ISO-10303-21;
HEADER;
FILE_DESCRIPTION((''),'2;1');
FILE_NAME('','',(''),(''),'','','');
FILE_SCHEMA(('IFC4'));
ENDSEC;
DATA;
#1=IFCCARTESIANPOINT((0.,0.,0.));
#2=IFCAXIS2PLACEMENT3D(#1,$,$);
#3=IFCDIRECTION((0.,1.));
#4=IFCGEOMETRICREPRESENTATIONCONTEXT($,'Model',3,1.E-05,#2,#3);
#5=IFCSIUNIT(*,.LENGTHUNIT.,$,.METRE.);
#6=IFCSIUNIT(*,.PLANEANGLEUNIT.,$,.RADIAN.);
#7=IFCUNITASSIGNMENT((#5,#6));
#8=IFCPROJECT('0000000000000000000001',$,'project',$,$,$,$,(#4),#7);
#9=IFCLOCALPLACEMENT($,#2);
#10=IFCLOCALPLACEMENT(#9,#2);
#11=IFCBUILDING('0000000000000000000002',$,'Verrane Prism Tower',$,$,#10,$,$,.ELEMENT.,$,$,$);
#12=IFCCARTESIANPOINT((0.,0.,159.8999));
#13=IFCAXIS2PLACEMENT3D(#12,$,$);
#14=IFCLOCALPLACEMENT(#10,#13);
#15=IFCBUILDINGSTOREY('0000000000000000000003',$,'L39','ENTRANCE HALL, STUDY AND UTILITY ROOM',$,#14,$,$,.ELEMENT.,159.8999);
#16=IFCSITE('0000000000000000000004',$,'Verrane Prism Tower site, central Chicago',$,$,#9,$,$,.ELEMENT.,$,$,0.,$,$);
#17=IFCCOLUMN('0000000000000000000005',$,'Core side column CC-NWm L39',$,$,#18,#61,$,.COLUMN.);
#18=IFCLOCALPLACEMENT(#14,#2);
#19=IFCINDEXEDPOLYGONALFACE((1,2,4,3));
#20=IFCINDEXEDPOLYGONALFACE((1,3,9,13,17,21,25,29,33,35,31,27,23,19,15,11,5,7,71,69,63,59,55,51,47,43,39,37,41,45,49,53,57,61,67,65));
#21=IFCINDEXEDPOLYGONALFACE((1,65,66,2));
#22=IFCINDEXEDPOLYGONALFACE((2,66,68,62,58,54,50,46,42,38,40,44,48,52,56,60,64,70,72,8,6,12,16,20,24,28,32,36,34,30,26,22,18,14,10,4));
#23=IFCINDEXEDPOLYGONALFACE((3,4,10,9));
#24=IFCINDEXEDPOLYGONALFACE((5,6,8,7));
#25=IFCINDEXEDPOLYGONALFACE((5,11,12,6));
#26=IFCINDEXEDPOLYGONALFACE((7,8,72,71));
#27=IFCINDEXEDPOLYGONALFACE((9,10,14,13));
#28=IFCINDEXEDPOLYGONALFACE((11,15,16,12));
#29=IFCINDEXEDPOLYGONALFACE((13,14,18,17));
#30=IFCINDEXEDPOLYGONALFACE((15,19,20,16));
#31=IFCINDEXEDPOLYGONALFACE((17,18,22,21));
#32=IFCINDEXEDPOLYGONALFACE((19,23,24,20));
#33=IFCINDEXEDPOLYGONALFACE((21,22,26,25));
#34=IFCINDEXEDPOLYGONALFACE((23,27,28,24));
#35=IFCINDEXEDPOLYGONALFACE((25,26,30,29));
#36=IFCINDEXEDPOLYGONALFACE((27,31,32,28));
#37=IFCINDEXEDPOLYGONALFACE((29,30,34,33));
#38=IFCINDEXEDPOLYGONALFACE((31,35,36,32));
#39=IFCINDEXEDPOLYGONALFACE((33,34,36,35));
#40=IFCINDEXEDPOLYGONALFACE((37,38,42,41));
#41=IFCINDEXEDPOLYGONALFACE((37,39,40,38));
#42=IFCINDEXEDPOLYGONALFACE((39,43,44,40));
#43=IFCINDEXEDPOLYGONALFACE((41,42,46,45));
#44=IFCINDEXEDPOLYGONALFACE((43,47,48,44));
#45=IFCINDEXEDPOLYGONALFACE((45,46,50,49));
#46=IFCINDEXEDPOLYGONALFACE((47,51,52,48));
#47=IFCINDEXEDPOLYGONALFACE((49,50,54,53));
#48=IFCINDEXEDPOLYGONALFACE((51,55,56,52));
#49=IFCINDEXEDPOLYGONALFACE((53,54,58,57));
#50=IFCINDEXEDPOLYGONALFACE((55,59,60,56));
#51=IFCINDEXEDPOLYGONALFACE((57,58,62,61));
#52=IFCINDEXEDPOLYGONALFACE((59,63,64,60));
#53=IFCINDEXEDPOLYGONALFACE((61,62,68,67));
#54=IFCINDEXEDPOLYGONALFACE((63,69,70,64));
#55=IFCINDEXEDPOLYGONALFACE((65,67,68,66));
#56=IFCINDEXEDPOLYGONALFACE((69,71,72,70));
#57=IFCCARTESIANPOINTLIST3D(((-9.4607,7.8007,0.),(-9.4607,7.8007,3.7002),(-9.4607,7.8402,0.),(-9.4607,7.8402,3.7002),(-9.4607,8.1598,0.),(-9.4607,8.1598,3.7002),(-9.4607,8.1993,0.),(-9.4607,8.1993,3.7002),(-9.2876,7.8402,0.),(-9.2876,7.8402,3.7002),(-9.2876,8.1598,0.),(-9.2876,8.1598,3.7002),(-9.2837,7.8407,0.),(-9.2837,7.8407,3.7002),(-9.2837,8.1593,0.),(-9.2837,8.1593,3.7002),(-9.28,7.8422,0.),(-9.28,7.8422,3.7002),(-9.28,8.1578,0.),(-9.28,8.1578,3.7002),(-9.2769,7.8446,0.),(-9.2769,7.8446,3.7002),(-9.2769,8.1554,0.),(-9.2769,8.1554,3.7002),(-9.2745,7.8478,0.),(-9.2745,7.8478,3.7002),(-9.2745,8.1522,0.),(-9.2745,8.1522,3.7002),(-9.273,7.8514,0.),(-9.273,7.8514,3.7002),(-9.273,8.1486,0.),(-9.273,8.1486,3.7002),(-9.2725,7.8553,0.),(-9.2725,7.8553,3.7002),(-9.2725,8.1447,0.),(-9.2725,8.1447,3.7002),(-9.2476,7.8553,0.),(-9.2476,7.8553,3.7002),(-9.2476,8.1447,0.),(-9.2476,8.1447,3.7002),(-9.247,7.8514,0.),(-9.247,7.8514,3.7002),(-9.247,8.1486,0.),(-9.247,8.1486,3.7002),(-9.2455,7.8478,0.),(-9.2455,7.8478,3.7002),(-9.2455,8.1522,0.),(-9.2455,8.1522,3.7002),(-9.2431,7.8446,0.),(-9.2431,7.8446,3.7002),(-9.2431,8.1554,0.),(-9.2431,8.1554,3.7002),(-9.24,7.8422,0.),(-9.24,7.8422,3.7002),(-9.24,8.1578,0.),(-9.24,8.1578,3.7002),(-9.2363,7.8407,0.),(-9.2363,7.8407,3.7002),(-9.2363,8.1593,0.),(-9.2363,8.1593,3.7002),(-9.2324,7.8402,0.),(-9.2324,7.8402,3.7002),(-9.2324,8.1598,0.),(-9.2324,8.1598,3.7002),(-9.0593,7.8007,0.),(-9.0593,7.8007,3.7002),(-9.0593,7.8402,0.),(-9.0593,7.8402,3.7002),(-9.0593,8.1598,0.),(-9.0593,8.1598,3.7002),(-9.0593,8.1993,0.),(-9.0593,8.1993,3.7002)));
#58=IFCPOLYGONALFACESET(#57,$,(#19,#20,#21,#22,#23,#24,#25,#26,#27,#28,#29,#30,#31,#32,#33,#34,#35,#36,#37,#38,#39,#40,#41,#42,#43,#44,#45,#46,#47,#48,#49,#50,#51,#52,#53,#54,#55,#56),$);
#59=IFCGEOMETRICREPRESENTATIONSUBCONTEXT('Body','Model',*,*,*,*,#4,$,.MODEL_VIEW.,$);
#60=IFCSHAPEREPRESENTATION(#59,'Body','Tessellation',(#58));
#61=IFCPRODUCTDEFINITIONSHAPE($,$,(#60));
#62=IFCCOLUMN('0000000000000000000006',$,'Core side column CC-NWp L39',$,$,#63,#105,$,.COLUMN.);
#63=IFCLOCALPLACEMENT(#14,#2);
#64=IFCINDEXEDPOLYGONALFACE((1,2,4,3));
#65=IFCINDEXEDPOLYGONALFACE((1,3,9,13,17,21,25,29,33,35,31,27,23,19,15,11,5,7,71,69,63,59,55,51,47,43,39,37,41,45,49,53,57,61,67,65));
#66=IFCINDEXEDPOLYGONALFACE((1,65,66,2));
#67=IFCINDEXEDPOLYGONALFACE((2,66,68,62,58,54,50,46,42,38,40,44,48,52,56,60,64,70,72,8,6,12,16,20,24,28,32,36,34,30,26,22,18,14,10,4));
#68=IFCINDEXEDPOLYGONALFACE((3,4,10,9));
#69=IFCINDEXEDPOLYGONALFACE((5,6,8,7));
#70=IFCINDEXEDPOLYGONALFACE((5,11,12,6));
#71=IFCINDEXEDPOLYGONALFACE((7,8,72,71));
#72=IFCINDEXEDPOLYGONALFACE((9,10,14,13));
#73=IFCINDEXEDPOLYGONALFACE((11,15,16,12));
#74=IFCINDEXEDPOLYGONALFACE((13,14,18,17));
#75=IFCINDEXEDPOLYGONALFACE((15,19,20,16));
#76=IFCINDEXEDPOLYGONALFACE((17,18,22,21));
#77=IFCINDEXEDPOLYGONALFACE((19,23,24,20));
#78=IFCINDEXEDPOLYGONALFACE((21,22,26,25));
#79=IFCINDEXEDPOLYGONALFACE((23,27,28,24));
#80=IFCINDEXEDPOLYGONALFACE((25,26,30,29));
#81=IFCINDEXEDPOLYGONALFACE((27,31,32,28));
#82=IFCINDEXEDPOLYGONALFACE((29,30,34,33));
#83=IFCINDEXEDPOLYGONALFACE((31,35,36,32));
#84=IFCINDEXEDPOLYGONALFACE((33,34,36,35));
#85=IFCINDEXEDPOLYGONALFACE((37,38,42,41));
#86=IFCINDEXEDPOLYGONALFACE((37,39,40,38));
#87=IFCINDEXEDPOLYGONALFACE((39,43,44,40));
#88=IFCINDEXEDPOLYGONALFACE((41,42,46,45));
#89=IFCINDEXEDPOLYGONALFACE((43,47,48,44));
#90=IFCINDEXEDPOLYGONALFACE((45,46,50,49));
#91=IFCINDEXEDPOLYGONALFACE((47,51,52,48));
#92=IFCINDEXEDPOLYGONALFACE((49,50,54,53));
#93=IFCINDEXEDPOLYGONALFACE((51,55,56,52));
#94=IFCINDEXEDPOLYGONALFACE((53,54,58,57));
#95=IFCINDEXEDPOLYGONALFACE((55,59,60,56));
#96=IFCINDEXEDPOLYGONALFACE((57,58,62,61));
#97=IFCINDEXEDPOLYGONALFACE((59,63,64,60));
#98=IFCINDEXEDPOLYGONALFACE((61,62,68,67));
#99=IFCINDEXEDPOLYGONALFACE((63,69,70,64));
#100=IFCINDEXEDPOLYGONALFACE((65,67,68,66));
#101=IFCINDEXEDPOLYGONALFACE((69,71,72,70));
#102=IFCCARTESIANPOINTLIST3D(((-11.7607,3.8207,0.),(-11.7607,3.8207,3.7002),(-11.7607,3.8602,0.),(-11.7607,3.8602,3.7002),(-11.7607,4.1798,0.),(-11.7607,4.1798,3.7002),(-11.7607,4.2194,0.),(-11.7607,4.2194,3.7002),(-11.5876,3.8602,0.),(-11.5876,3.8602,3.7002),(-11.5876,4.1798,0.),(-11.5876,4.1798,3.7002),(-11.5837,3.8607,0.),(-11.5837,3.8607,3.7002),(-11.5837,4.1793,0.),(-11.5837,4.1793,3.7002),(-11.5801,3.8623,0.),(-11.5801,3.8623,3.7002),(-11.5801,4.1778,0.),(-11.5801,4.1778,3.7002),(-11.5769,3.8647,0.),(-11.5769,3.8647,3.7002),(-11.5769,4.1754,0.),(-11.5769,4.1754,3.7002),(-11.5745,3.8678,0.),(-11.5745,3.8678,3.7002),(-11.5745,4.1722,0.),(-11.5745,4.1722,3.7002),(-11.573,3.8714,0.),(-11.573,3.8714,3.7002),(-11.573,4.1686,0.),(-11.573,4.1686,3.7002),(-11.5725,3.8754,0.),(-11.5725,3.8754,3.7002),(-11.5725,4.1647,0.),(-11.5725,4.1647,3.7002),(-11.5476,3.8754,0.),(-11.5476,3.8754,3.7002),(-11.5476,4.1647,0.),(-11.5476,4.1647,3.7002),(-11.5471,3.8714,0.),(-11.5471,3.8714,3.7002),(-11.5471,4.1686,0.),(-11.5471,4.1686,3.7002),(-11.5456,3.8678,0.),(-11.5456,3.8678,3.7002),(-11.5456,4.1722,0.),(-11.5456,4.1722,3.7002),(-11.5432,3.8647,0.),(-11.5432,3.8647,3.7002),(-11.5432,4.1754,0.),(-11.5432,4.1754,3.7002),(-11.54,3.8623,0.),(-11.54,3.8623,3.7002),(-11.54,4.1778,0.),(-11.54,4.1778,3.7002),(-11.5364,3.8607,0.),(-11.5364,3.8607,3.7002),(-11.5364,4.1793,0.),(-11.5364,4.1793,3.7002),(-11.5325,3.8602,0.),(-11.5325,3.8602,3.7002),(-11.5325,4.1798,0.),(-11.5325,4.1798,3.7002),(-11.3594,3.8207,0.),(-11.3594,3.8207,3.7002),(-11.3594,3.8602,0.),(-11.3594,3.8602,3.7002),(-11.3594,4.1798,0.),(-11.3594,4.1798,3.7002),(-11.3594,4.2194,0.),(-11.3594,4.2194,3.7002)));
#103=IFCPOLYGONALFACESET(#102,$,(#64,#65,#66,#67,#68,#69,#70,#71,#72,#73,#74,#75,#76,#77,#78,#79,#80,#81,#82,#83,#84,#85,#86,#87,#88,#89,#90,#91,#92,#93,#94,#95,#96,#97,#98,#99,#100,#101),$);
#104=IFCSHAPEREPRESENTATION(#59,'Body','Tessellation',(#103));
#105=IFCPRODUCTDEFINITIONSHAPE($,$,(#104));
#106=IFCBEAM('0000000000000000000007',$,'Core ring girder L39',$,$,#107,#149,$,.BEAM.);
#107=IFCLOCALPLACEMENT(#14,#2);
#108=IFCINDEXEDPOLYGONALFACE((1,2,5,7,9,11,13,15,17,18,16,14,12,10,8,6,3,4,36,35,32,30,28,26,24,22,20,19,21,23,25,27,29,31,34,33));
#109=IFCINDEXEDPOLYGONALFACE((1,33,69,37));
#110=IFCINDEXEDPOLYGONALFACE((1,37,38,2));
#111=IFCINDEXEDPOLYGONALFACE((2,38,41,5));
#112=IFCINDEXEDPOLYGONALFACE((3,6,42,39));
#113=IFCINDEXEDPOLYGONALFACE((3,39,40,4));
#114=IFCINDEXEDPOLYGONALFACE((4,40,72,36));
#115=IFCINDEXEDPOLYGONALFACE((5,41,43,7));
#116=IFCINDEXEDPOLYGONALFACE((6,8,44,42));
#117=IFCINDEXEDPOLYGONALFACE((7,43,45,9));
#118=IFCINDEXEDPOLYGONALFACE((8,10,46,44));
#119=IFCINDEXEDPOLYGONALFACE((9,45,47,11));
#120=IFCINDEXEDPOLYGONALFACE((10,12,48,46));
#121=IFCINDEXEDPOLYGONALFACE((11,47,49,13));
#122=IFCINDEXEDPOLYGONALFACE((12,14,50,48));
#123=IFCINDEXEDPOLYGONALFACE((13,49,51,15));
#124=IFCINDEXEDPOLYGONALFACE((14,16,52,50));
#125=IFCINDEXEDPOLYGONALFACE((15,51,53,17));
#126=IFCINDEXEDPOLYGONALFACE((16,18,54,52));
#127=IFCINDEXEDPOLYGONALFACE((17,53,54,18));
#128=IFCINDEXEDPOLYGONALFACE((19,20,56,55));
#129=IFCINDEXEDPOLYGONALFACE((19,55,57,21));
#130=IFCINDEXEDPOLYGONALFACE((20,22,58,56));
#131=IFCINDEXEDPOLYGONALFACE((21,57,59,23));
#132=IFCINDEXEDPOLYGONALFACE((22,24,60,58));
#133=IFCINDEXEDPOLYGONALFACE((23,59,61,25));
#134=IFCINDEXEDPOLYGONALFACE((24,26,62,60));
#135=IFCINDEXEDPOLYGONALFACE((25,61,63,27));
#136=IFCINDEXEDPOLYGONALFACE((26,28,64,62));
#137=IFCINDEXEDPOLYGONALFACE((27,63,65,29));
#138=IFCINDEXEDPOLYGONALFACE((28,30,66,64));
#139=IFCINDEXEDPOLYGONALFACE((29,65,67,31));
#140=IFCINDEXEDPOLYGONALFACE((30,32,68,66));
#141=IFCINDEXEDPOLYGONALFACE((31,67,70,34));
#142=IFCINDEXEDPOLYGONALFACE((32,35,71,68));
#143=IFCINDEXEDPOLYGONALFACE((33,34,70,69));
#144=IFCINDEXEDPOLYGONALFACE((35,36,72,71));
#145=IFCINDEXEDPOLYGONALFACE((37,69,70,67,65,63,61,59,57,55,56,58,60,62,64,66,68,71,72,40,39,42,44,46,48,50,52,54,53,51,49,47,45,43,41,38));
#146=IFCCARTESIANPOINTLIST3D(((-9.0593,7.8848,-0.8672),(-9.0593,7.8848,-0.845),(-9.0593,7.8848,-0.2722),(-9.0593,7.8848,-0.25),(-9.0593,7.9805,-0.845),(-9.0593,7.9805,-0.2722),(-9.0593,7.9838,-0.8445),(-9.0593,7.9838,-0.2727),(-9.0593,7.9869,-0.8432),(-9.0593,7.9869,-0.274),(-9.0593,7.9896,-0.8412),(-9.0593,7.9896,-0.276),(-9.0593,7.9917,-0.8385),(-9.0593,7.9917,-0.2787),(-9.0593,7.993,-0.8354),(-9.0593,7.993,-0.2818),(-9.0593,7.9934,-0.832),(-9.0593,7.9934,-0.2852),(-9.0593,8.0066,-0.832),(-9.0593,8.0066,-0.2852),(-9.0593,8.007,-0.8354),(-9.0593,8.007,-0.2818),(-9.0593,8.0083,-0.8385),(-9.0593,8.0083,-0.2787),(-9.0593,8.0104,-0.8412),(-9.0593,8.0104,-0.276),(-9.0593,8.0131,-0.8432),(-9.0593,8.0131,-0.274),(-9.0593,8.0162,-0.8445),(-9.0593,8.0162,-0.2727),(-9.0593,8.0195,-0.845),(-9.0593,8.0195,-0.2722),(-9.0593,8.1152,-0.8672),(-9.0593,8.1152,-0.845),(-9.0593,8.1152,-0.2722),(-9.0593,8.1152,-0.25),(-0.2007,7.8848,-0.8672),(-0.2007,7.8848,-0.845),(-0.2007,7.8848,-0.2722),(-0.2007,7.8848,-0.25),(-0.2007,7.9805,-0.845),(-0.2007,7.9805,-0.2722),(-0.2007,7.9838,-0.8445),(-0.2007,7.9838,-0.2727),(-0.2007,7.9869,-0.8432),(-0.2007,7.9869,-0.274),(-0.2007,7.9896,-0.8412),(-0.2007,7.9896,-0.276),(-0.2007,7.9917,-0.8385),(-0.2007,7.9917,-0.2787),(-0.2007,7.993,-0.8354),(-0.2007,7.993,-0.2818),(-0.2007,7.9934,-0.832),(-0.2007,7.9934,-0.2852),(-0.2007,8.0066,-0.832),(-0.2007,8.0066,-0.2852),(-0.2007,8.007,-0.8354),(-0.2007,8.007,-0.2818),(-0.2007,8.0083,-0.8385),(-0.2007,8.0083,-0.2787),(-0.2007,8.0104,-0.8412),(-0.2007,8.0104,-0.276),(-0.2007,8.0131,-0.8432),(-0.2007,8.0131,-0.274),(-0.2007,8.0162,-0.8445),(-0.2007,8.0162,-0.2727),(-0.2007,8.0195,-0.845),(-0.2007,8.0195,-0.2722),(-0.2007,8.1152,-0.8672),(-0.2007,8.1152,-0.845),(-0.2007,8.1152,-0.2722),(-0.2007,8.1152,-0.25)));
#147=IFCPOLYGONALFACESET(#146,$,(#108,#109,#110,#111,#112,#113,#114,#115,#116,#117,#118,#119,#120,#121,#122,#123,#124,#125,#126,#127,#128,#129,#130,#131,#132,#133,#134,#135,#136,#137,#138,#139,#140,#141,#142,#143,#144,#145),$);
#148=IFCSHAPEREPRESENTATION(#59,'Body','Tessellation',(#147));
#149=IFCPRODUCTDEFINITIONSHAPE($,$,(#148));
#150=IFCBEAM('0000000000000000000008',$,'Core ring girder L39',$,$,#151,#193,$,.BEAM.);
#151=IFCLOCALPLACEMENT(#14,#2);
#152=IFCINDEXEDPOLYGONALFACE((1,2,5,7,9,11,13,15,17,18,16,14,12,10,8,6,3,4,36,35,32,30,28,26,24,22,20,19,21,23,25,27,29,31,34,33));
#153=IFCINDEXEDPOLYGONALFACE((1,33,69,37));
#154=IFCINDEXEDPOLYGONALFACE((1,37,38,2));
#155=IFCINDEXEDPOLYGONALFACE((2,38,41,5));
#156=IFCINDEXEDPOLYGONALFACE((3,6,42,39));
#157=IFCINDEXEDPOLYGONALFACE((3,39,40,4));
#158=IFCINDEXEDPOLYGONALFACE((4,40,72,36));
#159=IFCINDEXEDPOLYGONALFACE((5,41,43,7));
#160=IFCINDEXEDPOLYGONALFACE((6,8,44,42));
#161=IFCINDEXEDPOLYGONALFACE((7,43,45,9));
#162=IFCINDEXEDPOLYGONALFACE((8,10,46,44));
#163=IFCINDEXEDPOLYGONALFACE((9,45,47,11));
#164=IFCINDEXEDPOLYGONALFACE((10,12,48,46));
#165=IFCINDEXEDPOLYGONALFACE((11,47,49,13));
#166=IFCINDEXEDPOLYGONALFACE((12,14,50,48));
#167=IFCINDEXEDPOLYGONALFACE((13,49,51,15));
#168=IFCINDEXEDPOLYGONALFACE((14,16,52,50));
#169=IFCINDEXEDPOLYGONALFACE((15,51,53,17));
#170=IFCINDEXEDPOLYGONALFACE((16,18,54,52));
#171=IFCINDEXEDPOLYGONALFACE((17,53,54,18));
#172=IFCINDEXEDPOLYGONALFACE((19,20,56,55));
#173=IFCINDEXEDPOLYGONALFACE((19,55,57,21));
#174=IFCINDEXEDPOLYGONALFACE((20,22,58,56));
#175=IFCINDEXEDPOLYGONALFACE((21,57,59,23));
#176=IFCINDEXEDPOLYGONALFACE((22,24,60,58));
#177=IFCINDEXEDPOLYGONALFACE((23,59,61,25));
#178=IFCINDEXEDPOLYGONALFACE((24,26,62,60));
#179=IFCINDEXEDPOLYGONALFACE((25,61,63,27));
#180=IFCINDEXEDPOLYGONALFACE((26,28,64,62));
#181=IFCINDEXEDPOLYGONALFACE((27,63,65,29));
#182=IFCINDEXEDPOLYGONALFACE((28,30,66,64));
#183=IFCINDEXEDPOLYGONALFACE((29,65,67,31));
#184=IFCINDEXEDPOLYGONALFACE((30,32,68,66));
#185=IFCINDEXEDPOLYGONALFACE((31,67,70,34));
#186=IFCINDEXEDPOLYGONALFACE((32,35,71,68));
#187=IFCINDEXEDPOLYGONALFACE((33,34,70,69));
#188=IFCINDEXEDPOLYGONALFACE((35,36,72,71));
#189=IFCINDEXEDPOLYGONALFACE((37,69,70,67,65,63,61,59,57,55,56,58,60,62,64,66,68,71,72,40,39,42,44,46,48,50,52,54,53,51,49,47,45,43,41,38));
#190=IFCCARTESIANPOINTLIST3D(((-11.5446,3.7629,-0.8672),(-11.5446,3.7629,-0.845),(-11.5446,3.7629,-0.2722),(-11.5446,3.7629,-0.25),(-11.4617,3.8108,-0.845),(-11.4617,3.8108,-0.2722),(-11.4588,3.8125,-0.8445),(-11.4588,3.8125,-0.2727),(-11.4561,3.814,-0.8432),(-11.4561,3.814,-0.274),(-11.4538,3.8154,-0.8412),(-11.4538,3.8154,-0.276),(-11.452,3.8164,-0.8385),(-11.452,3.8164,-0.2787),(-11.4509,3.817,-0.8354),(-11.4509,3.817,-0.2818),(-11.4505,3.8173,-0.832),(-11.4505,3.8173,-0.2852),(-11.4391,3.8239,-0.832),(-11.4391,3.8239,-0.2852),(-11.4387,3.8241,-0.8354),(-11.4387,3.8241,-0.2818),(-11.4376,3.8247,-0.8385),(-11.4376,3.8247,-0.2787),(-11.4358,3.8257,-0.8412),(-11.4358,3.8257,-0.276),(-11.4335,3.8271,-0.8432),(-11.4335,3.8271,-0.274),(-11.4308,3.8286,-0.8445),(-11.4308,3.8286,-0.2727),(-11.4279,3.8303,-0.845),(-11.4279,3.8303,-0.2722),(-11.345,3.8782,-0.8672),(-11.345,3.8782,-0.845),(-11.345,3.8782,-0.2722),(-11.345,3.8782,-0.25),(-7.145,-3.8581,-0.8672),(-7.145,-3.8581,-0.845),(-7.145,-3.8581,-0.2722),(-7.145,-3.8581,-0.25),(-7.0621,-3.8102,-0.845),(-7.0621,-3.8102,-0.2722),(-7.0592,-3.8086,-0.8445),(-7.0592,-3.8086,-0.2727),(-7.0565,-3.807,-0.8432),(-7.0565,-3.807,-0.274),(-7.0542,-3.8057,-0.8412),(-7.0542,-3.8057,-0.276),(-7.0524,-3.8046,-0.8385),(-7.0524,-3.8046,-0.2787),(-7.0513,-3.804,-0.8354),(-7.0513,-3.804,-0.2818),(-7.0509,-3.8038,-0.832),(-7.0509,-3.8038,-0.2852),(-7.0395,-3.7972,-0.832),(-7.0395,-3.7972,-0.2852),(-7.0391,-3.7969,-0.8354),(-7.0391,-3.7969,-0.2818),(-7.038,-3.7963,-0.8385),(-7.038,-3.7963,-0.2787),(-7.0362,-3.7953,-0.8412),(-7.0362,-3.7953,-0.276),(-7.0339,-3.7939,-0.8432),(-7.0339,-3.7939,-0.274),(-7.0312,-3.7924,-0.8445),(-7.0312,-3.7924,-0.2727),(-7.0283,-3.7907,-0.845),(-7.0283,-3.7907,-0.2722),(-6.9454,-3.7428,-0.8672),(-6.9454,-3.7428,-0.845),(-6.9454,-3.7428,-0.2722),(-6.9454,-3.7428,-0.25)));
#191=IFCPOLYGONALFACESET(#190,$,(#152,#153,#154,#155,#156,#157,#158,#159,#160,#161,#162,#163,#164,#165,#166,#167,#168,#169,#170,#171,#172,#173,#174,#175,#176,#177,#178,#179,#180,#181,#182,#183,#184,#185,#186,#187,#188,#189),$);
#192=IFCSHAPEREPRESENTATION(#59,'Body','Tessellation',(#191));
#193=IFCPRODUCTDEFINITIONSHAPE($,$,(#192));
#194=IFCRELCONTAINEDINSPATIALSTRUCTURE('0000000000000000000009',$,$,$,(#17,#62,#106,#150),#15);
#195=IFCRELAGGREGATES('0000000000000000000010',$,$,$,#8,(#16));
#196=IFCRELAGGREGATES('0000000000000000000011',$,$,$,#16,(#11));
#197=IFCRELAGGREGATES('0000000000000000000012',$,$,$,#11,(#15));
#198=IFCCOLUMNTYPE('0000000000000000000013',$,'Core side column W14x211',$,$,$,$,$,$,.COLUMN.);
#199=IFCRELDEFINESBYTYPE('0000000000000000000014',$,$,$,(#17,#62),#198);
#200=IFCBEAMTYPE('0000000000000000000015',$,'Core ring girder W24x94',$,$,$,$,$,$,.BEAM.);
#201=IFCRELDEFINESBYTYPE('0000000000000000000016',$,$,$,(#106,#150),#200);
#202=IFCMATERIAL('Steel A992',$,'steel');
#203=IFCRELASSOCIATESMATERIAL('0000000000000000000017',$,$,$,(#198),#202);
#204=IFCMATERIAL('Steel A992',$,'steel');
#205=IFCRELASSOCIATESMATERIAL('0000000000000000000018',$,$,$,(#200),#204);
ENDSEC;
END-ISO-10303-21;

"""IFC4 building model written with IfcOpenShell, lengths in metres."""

from ifc_helpers import new_model, si_unit, direction, frame, origin, origin_2d, place, context, subcontext, project, spatial, i_section, extrude, material, material_profile, profile_set, type_object, element, save


model = new_model("IFC4")

# Units and contexts
model_context = context("Model", 3, precision=1e-05, world=origin(), true_north=direction((0.0, 1.0)))
body_context = subcontext(model_context, "Body", "Model", "MODEL_VIEW")
ifc_project = project(units=[si_unit("LENGTHUNIT", "METRE"), si_unit("PLANEANGLEUNIT", "RADIAN")], contexts=[model_context])

# Site, building, storey
site_placement = place(None, origin())
site = spatial("IfcSite", under=ifc_project, at=site_placement, Name="Verrane Prism Tower site, central Chicago", CompositionType="ELEMENT", RefElevation=0.0)
building_placement = place(site_placement, origin())
building = spatial("IfcBuilding", under=site, at=building_placement, Name="Verrane Prism Tower", CompositionType="ELEMENT")
storey_placement = place(building_placement, frame((0.0, 0.0, 159.8999)))
storey = spatial("IfcBuildingStorey", under=building, at=storey_placement, Name="L39", Description="ENTRANCE HALL, STUDY AND UTILITY ROOM", CompositionType="ELEMENT", Elevation=159.8999)

# Columns
ifc_material_1 = material(Name="Steel A992", Category="steel")
ifc_material_profile_1 = material_profile(ifc_material_1, i_section(OverallWidth=0.4014, OverallDepth=0.3987, WebThickness=0.0249, FlangeThickness=0.0396, FilletRadius=0.0151, at=origin_2d()), Name="W14x211")
ifc_profile_set_1 = profile_set([ifc_material_profile_1], Name="Steel A992")
column_type = type_object("IfcColumnType", Name="Core side column W14x211", PredefinedType="COLUMN", material=ifc_profile_set_1)
for number, where, z_axis, x_axis, name in (
    (1, (-9.26, 8.0, 0.0), (0.0, 0.0, 1.0), (1.0, 0.0, 0.0), "Core side column CC-NWm L39"),
    (2, (-11.5601, 4.02, 0.0), (0.0, 0.0, 1.0), (1.0, 0.0, 0.0), "Core side column CC-NWp L39"),
):
    element("IfcColumn", number, at=place(storey_placement, frame(where, z_axis=z_axis, x_axis=x_axis)), inside=storey, type_object=column_type, Name=name, PredefinedType="COLUMN", context=body_context, shape_type="SweptSolid", body=[
        extrude(i_section(OverallWidth=0.4014, OverallDepth=0.3987, WebThickness=0.0249, FlangeThickness=0.0396, FilletRadius=0.0151, at=origin_2d()), origin(), (0.0, 0.0, 1.0), 3.7002),
    ])

# Beams
ifc_material_2 = material(Name="Steel A992", Category="steel")
ifc_material_profile_2 = material_profile(ifc_material_2, i_section(OverallWidth=0.2305, OverallDepth=0.6172, WebThickness=0.0132, FlangeThickness=0.0222, FilletRadius=0.0129, at=origin_2d()), Name="W24x94")
ifc_profile_set_2 = profile_set([ifc_material_profile_2], Name="Steel A992")
beam_type = type_object("IfcBeamType", Name="Core ring girder W24x94", PredefinedType="BEAM", material=ifc_profile_set_2)
beam_1_placement = place(storey_placement, frame((-0.2007, 8.0, -0.5586), z_axis=(-1.0, 0.0, 0.0), x_axis=(0.0, -1.0, 0.0)))
element("IfcBeam", 3, at=beam_1_placement, inside=storey, type_object=beam_type, Name="Core ring girder L39", PredefinedType="BEAM", context=body_context, shape_type="SweptSolid", body=[
    extrude(i_section(OverallWidth=0.2305, OverallDepth=0.6172, WebThickness=0.0132, FlangeThickness=0.0222, FilletRadius=0.0129, at=origin_2d()), origin(), (0.0, 0.0, 1.0), 8.8586),
])
beam_2_placement = place(storey_placement, frame((-11.4448, 3.8206, -0.5586), z_axis=(0.499967, -0.866044, 0.0), x_axis=(0.866044, 0.499967, 0.0)))
element("IfcBeam", 4, at=beam_2_placement, inside=storey, type_object=beam_type, Name="Core ring girder L39", PredefinedType="BEAM", context=body_context, shape_type="SweptSolid", body=[
    extrude(i_section(OverallWidth=0.2305, OverallDepth=0.6172, WebThickness=0.0132, FlangeThickness=0.0222, FilletRadius=0.0129, at=origin_2d()), origin(), (0.0, 0.0, 1.0), 8.7998),
])

save(model, "model.ifc")
